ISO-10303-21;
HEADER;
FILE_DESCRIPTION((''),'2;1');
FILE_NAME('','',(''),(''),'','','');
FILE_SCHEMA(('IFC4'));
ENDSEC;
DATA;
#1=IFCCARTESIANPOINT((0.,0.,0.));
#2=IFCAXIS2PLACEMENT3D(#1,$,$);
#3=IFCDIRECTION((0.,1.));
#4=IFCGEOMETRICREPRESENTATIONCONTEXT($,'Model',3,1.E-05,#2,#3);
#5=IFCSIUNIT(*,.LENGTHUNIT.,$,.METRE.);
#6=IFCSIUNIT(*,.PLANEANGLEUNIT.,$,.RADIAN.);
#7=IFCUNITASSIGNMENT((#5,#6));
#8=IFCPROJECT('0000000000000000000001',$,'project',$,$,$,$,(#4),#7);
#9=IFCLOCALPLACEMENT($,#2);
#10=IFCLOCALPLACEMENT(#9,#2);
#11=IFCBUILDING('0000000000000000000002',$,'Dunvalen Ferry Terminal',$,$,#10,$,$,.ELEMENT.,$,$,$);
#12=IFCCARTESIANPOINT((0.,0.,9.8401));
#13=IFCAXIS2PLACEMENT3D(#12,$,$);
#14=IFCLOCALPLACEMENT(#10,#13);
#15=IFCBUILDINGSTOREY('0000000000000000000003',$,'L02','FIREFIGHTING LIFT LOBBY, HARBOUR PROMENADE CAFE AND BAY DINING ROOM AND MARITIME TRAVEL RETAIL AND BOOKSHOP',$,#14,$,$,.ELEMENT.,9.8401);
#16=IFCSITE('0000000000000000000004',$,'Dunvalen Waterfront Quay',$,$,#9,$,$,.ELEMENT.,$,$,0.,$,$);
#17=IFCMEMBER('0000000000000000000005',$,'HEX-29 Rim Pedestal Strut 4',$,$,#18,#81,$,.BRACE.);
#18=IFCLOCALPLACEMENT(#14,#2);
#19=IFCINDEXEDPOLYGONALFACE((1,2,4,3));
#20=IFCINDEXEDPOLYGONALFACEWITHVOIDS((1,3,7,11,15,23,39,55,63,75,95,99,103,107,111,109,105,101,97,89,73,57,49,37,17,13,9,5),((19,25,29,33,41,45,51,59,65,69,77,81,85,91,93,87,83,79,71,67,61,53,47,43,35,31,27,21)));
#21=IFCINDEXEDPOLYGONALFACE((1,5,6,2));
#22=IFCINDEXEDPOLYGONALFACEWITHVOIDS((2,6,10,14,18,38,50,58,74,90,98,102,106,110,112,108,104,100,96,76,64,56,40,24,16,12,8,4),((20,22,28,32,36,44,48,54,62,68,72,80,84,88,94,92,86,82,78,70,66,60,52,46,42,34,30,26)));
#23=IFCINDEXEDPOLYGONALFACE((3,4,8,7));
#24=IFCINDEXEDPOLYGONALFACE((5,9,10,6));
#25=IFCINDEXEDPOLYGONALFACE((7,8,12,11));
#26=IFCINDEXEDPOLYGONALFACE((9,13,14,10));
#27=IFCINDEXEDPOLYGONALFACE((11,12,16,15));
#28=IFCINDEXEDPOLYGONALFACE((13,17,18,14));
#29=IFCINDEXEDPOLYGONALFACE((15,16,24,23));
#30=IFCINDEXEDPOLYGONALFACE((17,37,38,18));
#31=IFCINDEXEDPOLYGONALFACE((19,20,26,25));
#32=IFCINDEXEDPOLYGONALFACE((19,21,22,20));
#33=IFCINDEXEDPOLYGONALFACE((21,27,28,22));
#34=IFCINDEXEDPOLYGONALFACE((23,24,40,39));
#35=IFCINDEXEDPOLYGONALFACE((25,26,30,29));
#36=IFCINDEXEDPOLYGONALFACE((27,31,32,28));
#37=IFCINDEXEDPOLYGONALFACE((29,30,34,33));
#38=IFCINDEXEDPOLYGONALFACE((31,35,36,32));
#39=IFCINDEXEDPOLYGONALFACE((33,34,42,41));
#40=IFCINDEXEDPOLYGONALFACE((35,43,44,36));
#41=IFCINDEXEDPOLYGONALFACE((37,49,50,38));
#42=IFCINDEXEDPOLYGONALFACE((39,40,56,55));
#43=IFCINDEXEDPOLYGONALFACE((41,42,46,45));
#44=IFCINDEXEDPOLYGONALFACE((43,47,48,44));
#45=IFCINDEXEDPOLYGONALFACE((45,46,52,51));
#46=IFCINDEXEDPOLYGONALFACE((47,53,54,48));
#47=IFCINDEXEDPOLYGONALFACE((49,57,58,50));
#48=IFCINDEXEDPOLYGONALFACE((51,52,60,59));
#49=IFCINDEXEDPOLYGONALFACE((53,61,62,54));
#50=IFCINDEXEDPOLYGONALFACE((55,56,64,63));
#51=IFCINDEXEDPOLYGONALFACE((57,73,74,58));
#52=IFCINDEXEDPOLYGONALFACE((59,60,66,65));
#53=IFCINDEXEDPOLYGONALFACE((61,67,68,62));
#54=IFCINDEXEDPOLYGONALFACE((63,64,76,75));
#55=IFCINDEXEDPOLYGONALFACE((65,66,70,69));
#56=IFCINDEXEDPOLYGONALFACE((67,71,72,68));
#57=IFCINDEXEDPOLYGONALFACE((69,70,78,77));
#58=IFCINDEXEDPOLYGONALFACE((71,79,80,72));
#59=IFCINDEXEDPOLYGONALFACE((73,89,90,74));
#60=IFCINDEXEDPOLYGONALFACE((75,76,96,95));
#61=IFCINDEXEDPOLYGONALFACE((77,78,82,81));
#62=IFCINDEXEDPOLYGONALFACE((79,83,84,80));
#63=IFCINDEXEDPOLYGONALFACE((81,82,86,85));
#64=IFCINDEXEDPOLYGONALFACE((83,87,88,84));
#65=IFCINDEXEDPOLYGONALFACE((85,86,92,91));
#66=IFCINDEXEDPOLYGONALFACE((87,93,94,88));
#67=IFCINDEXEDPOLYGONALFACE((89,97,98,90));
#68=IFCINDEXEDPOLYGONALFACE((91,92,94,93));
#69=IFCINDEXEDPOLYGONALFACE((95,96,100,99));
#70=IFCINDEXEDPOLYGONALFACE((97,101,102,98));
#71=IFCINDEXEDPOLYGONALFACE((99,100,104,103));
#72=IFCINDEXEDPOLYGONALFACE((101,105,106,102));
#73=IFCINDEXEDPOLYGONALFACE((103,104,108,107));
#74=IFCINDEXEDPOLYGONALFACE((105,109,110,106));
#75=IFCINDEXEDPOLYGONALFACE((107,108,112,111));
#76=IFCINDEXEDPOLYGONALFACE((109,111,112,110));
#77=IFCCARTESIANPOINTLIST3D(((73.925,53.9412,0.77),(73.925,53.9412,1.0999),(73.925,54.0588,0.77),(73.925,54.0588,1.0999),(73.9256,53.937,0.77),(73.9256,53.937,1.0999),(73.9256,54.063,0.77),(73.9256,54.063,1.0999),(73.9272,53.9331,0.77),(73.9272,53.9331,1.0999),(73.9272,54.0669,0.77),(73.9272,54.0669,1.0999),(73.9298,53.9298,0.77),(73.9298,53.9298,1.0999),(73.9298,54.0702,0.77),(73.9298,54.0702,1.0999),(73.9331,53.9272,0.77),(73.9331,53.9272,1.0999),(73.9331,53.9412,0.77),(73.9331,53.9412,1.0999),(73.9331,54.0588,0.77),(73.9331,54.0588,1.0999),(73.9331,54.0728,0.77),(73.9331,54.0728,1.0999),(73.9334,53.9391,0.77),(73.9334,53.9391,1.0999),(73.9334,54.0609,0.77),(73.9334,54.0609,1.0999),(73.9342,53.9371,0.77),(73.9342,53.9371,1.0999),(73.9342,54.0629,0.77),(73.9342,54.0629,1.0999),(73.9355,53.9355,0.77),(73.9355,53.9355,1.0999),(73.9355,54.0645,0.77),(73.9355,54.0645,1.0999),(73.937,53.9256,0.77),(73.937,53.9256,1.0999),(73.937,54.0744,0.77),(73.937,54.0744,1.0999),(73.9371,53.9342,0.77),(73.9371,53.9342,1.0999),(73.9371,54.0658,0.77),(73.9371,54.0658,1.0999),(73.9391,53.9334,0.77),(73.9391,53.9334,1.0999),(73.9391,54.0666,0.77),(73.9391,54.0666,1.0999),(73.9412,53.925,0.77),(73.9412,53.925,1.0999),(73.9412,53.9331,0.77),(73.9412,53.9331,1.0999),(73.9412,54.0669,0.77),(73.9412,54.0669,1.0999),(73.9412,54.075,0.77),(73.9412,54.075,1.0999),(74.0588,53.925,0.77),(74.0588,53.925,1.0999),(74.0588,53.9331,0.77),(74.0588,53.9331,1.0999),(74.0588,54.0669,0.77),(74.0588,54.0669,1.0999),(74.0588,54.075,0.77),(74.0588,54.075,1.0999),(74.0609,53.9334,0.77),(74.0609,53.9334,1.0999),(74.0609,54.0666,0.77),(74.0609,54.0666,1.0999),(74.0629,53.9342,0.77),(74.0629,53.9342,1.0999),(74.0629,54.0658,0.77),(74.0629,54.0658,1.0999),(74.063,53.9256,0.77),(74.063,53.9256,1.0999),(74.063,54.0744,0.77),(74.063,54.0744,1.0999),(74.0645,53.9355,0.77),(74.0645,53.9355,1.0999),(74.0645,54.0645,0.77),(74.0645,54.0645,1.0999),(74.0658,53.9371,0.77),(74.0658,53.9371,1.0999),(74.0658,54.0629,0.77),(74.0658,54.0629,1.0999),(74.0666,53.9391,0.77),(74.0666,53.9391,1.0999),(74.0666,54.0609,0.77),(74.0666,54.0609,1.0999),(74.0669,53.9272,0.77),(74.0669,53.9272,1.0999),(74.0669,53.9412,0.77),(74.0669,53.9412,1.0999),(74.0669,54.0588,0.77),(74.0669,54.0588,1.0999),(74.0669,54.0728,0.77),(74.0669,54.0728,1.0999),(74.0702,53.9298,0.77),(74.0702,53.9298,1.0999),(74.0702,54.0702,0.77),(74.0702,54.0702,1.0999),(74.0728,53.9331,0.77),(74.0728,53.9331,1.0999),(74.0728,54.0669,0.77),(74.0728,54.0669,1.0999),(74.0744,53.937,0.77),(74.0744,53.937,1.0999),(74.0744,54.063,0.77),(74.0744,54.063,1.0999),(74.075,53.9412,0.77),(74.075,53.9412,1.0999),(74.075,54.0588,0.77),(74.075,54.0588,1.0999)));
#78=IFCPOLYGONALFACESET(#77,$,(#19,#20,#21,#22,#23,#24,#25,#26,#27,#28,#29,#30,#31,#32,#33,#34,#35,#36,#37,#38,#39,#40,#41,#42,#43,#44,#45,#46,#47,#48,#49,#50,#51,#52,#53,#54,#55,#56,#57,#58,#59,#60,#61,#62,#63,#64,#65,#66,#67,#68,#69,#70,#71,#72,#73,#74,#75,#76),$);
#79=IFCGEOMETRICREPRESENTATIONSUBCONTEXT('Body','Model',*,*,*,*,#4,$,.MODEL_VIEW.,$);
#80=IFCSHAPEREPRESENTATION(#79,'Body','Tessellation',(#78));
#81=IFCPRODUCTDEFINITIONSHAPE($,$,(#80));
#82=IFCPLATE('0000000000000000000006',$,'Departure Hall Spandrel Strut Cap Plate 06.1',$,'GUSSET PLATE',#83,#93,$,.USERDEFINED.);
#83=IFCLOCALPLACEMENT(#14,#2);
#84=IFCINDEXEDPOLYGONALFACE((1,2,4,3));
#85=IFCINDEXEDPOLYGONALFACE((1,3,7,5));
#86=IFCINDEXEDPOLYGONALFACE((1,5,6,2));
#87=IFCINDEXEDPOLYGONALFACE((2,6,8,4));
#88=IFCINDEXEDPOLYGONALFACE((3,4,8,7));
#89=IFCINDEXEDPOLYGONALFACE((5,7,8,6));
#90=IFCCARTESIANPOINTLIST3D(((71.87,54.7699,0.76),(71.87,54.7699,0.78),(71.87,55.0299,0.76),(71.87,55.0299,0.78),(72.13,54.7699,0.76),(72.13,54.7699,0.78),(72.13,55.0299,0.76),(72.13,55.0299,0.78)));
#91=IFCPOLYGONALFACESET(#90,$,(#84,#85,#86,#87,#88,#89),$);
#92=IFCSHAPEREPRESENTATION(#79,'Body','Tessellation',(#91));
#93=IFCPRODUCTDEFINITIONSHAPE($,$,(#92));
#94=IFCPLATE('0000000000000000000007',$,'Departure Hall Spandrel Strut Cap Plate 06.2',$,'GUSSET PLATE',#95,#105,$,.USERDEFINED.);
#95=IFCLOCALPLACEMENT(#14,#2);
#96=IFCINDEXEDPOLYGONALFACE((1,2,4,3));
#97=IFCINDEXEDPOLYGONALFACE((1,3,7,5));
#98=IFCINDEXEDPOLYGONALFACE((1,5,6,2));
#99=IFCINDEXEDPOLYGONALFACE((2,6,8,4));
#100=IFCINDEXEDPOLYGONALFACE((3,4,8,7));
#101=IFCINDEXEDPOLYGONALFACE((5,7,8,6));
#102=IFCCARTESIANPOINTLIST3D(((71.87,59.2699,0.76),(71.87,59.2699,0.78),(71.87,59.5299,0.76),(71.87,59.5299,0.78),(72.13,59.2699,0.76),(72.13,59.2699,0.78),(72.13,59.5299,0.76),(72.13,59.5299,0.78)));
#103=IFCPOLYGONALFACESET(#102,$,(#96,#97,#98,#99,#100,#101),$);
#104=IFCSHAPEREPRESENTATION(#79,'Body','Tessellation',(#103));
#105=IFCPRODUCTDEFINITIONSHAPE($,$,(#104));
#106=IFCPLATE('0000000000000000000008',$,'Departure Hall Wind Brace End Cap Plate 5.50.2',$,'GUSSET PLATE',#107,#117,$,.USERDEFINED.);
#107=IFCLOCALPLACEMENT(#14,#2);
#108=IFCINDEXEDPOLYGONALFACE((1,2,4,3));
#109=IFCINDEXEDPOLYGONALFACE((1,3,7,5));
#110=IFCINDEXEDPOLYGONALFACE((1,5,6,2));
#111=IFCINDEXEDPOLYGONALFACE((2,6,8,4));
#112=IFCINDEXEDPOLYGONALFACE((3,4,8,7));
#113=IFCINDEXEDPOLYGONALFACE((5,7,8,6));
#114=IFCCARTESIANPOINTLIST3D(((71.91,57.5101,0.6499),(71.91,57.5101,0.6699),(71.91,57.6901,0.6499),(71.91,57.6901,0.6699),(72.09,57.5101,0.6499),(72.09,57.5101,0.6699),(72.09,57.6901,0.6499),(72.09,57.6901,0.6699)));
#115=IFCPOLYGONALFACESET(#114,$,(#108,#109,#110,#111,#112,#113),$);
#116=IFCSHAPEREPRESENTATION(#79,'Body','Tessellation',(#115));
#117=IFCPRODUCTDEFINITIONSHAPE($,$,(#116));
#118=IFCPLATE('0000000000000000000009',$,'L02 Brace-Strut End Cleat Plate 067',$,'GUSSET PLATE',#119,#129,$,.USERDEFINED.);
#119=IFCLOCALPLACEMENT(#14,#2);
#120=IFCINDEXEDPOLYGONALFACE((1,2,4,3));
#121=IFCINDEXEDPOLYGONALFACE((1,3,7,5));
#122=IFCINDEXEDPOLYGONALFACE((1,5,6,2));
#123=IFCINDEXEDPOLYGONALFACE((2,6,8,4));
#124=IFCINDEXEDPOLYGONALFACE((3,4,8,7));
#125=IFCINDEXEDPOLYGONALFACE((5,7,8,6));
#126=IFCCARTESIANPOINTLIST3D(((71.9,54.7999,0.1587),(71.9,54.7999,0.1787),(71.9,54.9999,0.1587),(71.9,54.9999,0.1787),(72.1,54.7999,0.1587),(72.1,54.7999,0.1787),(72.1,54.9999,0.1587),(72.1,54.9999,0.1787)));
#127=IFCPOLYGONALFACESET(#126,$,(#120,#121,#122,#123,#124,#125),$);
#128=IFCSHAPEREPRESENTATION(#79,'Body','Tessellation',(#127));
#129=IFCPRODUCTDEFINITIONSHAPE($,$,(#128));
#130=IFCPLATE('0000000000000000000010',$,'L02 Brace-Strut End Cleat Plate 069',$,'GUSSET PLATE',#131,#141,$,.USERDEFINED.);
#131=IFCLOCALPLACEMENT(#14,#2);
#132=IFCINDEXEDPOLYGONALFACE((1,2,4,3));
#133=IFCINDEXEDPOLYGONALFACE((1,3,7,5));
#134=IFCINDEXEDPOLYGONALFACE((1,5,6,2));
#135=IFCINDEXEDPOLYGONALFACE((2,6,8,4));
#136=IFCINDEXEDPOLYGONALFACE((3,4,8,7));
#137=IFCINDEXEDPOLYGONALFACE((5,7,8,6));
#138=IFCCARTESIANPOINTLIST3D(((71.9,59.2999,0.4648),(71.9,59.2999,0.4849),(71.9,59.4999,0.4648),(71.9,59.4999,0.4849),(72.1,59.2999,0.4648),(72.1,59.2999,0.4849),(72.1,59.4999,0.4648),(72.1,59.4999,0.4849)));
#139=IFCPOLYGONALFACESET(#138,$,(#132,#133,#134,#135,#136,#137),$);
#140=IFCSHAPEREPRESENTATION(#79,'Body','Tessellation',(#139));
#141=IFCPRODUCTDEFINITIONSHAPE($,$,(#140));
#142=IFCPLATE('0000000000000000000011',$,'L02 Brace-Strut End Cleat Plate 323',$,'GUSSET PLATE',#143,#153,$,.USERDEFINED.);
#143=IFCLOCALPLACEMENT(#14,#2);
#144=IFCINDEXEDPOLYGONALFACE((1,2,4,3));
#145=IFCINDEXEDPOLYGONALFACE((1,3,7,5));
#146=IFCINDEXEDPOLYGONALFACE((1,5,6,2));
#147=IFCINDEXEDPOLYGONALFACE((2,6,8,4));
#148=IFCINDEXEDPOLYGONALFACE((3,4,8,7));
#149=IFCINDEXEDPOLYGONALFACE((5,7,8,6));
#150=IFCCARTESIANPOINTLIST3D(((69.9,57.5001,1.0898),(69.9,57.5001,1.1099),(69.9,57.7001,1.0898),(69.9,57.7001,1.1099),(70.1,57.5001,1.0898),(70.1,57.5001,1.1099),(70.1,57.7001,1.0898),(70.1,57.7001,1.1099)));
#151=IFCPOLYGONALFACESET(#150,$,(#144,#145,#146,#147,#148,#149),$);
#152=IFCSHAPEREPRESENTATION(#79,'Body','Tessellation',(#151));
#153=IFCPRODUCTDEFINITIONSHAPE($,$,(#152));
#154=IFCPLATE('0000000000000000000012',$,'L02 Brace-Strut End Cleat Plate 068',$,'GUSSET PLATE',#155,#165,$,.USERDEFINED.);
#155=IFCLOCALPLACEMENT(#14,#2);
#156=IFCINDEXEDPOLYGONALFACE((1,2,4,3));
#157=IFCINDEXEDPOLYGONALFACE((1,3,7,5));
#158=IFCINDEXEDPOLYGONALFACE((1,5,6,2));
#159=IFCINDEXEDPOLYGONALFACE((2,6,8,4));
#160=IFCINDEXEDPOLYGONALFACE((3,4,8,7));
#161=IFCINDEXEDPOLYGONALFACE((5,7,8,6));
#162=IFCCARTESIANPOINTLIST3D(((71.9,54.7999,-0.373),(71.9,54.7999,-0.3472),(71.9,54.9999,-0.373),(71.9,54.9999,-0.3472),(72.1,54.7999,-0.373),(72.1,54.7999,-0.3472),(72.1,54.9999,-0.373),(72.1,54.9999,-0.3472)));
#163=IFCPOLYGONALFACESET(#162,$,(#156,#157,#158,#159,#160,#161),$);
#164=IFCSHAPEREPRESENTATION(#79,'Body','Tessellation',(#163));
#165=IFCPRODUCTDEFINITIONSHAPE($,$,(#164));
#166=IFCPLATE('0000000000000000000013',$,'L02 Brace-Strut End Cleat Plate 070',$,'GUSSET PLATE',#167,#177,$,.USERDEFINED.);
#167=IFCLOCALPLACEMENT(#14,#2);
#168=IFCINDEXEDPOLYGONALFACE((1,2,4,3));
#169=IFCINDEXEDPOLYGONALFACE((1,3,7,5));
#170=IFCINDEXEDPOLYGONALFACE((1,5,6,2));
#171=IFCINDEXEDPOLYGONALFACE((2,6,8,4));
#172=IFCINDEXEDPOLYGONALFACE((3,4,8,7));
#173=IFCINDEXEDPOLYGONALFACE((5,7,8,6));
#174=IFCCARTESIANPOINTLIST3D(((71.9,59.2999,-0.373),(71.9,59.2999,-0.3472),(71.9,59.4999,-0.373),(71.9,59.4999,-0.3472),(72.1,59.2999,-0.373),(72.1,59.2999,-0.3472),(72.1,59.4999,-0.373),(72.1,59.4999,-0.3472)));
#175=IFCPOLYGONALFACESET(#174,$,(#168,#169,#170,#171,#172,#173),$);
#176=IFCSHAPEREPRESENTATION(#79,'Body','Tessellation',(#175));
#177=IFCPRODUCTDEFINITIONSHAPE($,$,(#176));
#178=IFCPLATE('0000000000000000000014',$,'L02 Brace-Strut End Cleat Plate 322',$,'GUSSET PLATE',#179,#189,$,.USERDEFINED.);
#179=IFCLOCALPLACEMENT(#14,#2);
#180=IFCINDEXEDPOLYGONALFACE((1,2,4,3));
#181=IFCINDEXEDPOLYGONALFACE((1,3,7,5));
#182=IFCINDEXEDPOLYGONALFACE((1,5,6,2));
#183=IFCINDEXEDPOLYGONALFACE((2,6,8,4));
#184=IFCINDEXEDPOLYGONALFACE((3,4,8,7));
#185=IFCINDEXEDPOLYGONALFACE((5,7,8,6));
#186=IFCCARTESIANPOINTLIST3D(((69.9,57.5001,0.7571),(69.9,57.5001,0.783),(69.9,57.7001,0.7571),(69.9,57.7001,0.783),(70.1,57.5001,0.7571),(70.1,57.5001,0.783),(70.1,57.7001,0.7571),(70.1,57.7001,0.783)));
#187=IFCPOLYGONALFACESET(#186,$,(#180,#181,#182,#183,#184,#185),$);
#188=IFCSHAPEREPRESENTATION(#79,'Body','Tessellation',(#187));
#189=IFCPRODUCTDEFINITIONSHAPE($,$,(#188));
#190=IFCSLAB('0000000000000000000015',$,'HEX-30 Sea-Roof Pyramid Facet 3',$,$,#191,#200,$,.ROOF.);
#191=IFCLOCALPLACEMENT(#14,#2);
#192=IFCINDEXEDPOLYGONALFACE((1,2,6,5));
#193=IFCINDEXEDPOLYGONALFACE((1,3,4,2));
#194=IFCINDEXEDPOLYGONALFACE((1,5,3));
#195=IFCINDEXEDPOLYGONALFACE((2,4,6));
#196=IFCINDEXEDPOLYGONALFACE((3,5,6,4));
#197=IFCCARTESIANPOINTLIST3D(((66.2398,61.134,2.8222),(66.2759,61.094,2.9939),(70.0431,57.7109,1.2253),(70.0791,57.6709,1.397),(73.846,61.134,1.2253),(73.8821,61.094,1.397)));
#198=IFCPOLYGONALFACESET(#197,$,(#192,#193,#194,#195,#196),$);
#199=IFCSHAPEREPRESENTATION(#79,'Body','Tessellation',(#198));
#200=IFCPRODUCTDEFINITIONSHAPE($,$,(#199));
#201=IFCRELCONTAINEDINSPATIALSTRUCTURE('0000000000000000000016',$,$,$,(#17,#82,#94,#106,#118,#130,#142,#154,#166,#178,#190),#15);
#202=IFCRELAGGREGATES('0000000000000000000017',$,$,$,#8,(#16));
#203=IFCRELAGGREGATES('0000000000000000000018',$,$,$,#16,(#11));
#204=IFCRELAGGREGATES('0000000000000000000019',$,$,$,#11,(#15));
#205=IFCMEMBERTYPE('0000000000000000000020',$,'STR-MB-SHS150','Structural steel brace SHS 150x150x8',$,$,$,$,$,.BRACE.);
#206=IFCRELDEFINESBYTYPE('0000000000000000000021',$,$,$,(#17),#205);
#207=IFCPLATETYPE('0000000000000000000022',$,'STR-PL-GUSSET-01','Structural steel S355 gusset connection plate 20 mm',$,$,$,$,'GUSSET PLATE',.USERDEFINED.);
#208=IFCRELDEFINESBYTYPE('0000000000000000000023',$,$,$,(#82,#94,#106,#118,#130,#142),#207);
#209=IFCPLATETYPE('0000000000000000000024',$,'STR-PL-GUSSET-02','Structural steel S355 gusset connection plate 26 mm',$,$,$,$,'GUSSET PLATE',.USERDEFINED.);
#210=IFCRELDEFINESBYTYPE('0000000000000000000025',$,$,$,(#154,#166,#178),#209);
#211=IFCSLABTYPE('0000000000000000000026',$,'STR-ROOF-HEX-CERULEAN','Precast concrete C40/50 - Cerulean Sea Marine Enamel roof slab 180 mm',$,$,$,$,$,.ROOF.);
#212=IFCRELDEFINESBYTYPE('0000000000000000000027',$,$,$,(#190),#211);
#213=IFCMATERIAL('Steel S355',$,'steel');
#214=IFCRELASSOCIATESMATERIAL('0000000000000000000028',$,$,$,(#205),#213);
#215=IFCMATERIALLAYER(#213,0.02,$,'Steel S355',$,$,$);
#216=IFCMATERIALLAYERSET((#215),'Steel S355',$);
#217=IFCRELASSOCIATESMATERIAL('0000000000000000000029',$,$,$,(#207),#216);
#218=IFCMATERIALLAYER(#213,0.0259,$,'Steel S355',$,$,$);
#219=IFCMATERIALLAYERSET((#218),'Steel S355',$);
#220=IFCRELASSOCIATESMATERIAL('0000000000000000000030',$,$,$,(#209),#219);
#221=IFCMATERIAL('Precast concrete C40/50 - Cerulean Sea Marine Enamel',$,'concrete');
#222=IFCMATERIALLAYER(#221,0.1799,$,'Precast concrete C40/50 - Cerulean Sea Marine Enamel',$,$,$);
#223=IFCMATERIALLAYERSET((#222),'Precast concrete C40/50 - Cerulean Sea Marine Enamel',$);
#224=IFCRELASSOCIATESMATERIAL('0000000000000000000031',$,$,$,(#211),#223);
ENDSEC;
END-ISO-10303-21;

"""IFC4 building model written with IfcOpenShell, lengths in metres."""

from ifc_helpers import new_model, si_unit, direction, frame, origin, origin_2d, place, context, subcontext, project, spatial, polyline, rectangle, hollow_rectangle, outline, extrude, material, layer, layer_set, material_profile, profile_set, type_object, element, save


model = new_model("IFC4")

# Units and contexts
model_context = context("Model", 3, precision=1e-05, world=origin(), true_north=direction((0.0, 1.0)))
body_context = subcontext(model_context, "Body", "Model", "MODEL_VIEW")
ifc_project = project(units=[si_unit("LENGTHUNIT", "METRE"), si_unit("PLANEANGLEUNIT", "RADIAN")], contexts=[model_context])

# Site, building, storey
site_placement = place(None, origin())
site = spatial("IfcSite", under=ifc_project, at=site_placement, Name="Dunvalen Waterfront Quay", CompositionType="ELEMENT", RefElevation=0.0)
building_placement = place(site_placement, origin())
building = spatial("IfcBuilding", under=site, at=building_placement, Name="Dunvalen Ferry Terminal", CompositionType="ELEMENT")
storey_placement = place(building_placement, frame((0.0, 0.0, 9.8401)))
storey = spatial("IfcBuildingStorey", under=building, at=storey_placement, Name="L02", Description="FIREFIGHTING LIFT LOBBY, HARBOUR PROMENADE CAFE AND BAY DINING ROOM AND MARITIME TRAVEL RETAIL AND BOOKSHOP", CompositionType="ELEMENT", Elevation=9.8401)

# Shared definitions
ifc_material_1 = material(Name="Steel S355", Category="steel")

# Member
ifc_material_profile_1 = material_profile(ifc_material_1, hollow_rectangle(XDim=0.1499, YDim=0.1499, WallThickness=0.0081, InnerFilletRadius=0.0081, OuterFilletRadius=0.0161, at=origin_2d()), Name="Steel S355")
ifc_profile_set_1 = profile_set([ifc_material_profile_1], Name="Steel S355")
member_type_1 = type_object("IfcMemberType", Name="STR-MB-SHS150", Description="Structural steel brace SHS 150x150x8", PredefinedType="BRACE", material=ifc_profile_set_1)
member_1_placement = place(storey_placement, frame((74.0, 54.0, 0.77), z_axis=(0.0, 0.0, 1.0), x_axis=(1.0, 0.0, 0.0)))
element("IfcMember", 1, at=member_1_placement, inside=storey, type_object=member_type_1, Name="HEX-29 Rim Pedestal Strut 4", PredefinedType="BRACE", context=body_context, shape_type="SweptSolid", body=[
    extrude(hollow_rectangle(XDim=0.1499, YDim=0.1499, WallThickness=0.0081, InnerFilletRadius=0.0081, OuterFilletRadius=0.0161, at=origin_2d()), origin(), (0.0, 0.0, 1.0), 0.3298),
])

# Plates
ifc_layer_1 = layer(ifc_material_1, 0.02, Name="Steel S355")
ifc_layer_set_1 = layer_set([ifc_layer_1], Name="Steel S355")
plate_type_1 = type_object("IfcPlateType", Name="STR-PL-GUSSET-01", Description="Structural steel S355 gusset connection plate 20 mm", ElementType="GUSSET PLATE", PredefinedType="USERDEFINED", material=ifc_layer_set_1)
for number, where, z_axis, x_axis, name in (
    (2, (72.0, 54.8999, 0.76), (0.0, 0.0, 1.0), (1.0, 0.0, 0.0), "Departure Hall Spandrel Strut Cap Plate 06.1"),
    (3, (72.0, 59.3999, 0.76), (0.0, 0.0, 1.0), (1.0, 0.0, 0.0), "Departure Hall Spandrel Strut Cap Plate 06.2"),
):
    element("IfcPlate", number, at=place(storey_placement, frame(where, z_axis=z_axis, x_axis=x_axis)), inside=storey, type_object=plate_type_1, Name=name, ObjectType="GUSSET PLATE", PredefinedType="USERDEFINED", context=body_context, shape_type="SweptSolid", body=[
        extrude(rectangle(XDim=0.26, YDim=0.26, at=origin_2d()), origin(), (0.0, 0.0, 1.0), 0.02),
    ])
plate_placement = place(storey_placement, frame((72.0, 57.6001, 0.6499), z_axis=(0.0, 0.0, 1.0), x_axis=(1.0, 0.0, 0.0)))
element("IfcPlate", 4, at=plate_placement, inside=storey, type_object=plate_type_1, Name="Departure Hall Wind Brace End Cap Plate 5.50.2", ObjectType="GUSSET PLATE", PredefinedType="USERDEFINED", context=body_context, shape_type="SweptSolid", body=[
    extrude(rectangle(XDim=0.1799, YDim=0.1799, at=origin_2d()), origin(), (0.0, 0.0, 1.0), 0.02),
])
for number, where, z_axis, x_axis, name in (
    (5, (72.0, 54.8999, 0.1587), (0.0, 0.0, 1.0), (1.0, 0.0, 0.0), "L02 Brace-Strut End Cleat Plate 067"),
    (6, (72.0, 59.3999, 0.4648), (0.0, 0.0, 1.0), (1.0, 0.0, 0.0), "L02 Brace-Strut End Cleat Plate 069"),
    (7, (70.0, 57.6001, 1.0898), (0.0, 0.0, 1.0), (1.0, 0.0, 0.0), "L02 Brace-Strut End Cleat Plate 323"),
):
    element("IfcPlate", number, at=place(storey_placement, frame(where, z_axis=z_axis, x_axis=x_axis)), inside=storey, type_object=plate_type_1, Name=name, ObjectType="GUSSET PLATE", PredefinedType="USERDEFINED", context=body_context, shape_type="SweptSolid", body=[
        extrude(rectangle(XDim=0.2, YDim=0.2, at=origin_2d()), origin(), (0.0, 0.0, 1.0), 0.02),
    ])
ifc_layer_2 = layer(ifc_material_1, 0.0259, Name="Steel S355")
ifc_layer_set_2 = layer_set([ifc_layer_2], Name="Steel S355")
plate_type_2 = type_object("IfcPlateType", Name="STR-PL-GUSSET-02", Description="Structural steel S355 gusset connection plate 26 mm", ElementType="GUSSET PLATE", PredefinedType="USERDEFINED", material=ifc_layer_set_2)
for number, where, z_axis, x_axis, name in (
    (8, (72.0, 54.8999, -0.373), (0.0, 0.0, 1.0), (1.0, 0.0, 0.0), "L02 Brace-Strut End Cleat Plate 068"),
    (9, (72.0, 59.3999, -0.373), (0.0, 0.0, 1.0), (1.0, 0.0, 0.0), "L02 Brace-Strut End Cleat Plate 070"),
    (10, (70.0, 57.6001, 0.7571), (0.0, 0.0, 1.0), (1.0, 0.0, 0.0), "L02 Brace-Strut End Cleat Plate 322"),
):
    element("IfcPlate", number, at=place(storey_placement, frame(where, z_axis=z_axis, x_axis=x_axis)), inside=storey, type_object=plate_type_2, Name=name, ObjectType="GUSSET PLATE", PredefinedType="USERDEFINED", context=body_context, shape_type="SweptSolid", body=[
        extrude(rectangle(XDim=0.2, YDim=0.2, at=origin_2d()), origin(), (0.0, 0.0, 1.0), 0.0259),
    ])

# Slab
ifc_material_2 = material(Name="Precast concrete C40/50 - Cerulean Sea Marine Enamel", Category="concrete")
ifc_layer_3 = layer(ifc_material_2, 0.1799, Name="Precast concrete C40/50 - Cerulean Sea Marine Enamel")
ifc_layer_set_3 = layer_set([ifc_layer_3], Name="Precast concrete C40/50 - Cerulean Sea Marine Enamel")
slab_type_1 = type_object("IfcSlabType", Name="STR-ROOF-HEX-CERULEAN", Description="Precast concrete C40/50 - Cerulean Sea Marine Enamel roof slab 180 mm", PredefinedType="ROOF", material=ifc_layer_set_3)
slab_1_placement = place(storey_placement, frame((70.0791, 57.6709, 1.397), z_axis=(0.200318, -0.222548, 0.95412), x_axis=(0.743254, 0.66901, 0.0)))
element("IfcSlab", 11, at=slab_1_placement, inside=storey, type_object=slab_type_1, Name="HEX-30 Sea-Roof Pyramid Facet 3", PredefinedType="ROOF", context=body_context, shape_type="SweptSolid", body=[
    extrude(outline(polyline([(0.0, 0.0), (5.1167, 0.0), (-0.5367, 5.3333), (0.0, 0.0)])), origin(), (0.0, 0.0, -1.0), 0.1799),
])

save(model, "model.ifc")
